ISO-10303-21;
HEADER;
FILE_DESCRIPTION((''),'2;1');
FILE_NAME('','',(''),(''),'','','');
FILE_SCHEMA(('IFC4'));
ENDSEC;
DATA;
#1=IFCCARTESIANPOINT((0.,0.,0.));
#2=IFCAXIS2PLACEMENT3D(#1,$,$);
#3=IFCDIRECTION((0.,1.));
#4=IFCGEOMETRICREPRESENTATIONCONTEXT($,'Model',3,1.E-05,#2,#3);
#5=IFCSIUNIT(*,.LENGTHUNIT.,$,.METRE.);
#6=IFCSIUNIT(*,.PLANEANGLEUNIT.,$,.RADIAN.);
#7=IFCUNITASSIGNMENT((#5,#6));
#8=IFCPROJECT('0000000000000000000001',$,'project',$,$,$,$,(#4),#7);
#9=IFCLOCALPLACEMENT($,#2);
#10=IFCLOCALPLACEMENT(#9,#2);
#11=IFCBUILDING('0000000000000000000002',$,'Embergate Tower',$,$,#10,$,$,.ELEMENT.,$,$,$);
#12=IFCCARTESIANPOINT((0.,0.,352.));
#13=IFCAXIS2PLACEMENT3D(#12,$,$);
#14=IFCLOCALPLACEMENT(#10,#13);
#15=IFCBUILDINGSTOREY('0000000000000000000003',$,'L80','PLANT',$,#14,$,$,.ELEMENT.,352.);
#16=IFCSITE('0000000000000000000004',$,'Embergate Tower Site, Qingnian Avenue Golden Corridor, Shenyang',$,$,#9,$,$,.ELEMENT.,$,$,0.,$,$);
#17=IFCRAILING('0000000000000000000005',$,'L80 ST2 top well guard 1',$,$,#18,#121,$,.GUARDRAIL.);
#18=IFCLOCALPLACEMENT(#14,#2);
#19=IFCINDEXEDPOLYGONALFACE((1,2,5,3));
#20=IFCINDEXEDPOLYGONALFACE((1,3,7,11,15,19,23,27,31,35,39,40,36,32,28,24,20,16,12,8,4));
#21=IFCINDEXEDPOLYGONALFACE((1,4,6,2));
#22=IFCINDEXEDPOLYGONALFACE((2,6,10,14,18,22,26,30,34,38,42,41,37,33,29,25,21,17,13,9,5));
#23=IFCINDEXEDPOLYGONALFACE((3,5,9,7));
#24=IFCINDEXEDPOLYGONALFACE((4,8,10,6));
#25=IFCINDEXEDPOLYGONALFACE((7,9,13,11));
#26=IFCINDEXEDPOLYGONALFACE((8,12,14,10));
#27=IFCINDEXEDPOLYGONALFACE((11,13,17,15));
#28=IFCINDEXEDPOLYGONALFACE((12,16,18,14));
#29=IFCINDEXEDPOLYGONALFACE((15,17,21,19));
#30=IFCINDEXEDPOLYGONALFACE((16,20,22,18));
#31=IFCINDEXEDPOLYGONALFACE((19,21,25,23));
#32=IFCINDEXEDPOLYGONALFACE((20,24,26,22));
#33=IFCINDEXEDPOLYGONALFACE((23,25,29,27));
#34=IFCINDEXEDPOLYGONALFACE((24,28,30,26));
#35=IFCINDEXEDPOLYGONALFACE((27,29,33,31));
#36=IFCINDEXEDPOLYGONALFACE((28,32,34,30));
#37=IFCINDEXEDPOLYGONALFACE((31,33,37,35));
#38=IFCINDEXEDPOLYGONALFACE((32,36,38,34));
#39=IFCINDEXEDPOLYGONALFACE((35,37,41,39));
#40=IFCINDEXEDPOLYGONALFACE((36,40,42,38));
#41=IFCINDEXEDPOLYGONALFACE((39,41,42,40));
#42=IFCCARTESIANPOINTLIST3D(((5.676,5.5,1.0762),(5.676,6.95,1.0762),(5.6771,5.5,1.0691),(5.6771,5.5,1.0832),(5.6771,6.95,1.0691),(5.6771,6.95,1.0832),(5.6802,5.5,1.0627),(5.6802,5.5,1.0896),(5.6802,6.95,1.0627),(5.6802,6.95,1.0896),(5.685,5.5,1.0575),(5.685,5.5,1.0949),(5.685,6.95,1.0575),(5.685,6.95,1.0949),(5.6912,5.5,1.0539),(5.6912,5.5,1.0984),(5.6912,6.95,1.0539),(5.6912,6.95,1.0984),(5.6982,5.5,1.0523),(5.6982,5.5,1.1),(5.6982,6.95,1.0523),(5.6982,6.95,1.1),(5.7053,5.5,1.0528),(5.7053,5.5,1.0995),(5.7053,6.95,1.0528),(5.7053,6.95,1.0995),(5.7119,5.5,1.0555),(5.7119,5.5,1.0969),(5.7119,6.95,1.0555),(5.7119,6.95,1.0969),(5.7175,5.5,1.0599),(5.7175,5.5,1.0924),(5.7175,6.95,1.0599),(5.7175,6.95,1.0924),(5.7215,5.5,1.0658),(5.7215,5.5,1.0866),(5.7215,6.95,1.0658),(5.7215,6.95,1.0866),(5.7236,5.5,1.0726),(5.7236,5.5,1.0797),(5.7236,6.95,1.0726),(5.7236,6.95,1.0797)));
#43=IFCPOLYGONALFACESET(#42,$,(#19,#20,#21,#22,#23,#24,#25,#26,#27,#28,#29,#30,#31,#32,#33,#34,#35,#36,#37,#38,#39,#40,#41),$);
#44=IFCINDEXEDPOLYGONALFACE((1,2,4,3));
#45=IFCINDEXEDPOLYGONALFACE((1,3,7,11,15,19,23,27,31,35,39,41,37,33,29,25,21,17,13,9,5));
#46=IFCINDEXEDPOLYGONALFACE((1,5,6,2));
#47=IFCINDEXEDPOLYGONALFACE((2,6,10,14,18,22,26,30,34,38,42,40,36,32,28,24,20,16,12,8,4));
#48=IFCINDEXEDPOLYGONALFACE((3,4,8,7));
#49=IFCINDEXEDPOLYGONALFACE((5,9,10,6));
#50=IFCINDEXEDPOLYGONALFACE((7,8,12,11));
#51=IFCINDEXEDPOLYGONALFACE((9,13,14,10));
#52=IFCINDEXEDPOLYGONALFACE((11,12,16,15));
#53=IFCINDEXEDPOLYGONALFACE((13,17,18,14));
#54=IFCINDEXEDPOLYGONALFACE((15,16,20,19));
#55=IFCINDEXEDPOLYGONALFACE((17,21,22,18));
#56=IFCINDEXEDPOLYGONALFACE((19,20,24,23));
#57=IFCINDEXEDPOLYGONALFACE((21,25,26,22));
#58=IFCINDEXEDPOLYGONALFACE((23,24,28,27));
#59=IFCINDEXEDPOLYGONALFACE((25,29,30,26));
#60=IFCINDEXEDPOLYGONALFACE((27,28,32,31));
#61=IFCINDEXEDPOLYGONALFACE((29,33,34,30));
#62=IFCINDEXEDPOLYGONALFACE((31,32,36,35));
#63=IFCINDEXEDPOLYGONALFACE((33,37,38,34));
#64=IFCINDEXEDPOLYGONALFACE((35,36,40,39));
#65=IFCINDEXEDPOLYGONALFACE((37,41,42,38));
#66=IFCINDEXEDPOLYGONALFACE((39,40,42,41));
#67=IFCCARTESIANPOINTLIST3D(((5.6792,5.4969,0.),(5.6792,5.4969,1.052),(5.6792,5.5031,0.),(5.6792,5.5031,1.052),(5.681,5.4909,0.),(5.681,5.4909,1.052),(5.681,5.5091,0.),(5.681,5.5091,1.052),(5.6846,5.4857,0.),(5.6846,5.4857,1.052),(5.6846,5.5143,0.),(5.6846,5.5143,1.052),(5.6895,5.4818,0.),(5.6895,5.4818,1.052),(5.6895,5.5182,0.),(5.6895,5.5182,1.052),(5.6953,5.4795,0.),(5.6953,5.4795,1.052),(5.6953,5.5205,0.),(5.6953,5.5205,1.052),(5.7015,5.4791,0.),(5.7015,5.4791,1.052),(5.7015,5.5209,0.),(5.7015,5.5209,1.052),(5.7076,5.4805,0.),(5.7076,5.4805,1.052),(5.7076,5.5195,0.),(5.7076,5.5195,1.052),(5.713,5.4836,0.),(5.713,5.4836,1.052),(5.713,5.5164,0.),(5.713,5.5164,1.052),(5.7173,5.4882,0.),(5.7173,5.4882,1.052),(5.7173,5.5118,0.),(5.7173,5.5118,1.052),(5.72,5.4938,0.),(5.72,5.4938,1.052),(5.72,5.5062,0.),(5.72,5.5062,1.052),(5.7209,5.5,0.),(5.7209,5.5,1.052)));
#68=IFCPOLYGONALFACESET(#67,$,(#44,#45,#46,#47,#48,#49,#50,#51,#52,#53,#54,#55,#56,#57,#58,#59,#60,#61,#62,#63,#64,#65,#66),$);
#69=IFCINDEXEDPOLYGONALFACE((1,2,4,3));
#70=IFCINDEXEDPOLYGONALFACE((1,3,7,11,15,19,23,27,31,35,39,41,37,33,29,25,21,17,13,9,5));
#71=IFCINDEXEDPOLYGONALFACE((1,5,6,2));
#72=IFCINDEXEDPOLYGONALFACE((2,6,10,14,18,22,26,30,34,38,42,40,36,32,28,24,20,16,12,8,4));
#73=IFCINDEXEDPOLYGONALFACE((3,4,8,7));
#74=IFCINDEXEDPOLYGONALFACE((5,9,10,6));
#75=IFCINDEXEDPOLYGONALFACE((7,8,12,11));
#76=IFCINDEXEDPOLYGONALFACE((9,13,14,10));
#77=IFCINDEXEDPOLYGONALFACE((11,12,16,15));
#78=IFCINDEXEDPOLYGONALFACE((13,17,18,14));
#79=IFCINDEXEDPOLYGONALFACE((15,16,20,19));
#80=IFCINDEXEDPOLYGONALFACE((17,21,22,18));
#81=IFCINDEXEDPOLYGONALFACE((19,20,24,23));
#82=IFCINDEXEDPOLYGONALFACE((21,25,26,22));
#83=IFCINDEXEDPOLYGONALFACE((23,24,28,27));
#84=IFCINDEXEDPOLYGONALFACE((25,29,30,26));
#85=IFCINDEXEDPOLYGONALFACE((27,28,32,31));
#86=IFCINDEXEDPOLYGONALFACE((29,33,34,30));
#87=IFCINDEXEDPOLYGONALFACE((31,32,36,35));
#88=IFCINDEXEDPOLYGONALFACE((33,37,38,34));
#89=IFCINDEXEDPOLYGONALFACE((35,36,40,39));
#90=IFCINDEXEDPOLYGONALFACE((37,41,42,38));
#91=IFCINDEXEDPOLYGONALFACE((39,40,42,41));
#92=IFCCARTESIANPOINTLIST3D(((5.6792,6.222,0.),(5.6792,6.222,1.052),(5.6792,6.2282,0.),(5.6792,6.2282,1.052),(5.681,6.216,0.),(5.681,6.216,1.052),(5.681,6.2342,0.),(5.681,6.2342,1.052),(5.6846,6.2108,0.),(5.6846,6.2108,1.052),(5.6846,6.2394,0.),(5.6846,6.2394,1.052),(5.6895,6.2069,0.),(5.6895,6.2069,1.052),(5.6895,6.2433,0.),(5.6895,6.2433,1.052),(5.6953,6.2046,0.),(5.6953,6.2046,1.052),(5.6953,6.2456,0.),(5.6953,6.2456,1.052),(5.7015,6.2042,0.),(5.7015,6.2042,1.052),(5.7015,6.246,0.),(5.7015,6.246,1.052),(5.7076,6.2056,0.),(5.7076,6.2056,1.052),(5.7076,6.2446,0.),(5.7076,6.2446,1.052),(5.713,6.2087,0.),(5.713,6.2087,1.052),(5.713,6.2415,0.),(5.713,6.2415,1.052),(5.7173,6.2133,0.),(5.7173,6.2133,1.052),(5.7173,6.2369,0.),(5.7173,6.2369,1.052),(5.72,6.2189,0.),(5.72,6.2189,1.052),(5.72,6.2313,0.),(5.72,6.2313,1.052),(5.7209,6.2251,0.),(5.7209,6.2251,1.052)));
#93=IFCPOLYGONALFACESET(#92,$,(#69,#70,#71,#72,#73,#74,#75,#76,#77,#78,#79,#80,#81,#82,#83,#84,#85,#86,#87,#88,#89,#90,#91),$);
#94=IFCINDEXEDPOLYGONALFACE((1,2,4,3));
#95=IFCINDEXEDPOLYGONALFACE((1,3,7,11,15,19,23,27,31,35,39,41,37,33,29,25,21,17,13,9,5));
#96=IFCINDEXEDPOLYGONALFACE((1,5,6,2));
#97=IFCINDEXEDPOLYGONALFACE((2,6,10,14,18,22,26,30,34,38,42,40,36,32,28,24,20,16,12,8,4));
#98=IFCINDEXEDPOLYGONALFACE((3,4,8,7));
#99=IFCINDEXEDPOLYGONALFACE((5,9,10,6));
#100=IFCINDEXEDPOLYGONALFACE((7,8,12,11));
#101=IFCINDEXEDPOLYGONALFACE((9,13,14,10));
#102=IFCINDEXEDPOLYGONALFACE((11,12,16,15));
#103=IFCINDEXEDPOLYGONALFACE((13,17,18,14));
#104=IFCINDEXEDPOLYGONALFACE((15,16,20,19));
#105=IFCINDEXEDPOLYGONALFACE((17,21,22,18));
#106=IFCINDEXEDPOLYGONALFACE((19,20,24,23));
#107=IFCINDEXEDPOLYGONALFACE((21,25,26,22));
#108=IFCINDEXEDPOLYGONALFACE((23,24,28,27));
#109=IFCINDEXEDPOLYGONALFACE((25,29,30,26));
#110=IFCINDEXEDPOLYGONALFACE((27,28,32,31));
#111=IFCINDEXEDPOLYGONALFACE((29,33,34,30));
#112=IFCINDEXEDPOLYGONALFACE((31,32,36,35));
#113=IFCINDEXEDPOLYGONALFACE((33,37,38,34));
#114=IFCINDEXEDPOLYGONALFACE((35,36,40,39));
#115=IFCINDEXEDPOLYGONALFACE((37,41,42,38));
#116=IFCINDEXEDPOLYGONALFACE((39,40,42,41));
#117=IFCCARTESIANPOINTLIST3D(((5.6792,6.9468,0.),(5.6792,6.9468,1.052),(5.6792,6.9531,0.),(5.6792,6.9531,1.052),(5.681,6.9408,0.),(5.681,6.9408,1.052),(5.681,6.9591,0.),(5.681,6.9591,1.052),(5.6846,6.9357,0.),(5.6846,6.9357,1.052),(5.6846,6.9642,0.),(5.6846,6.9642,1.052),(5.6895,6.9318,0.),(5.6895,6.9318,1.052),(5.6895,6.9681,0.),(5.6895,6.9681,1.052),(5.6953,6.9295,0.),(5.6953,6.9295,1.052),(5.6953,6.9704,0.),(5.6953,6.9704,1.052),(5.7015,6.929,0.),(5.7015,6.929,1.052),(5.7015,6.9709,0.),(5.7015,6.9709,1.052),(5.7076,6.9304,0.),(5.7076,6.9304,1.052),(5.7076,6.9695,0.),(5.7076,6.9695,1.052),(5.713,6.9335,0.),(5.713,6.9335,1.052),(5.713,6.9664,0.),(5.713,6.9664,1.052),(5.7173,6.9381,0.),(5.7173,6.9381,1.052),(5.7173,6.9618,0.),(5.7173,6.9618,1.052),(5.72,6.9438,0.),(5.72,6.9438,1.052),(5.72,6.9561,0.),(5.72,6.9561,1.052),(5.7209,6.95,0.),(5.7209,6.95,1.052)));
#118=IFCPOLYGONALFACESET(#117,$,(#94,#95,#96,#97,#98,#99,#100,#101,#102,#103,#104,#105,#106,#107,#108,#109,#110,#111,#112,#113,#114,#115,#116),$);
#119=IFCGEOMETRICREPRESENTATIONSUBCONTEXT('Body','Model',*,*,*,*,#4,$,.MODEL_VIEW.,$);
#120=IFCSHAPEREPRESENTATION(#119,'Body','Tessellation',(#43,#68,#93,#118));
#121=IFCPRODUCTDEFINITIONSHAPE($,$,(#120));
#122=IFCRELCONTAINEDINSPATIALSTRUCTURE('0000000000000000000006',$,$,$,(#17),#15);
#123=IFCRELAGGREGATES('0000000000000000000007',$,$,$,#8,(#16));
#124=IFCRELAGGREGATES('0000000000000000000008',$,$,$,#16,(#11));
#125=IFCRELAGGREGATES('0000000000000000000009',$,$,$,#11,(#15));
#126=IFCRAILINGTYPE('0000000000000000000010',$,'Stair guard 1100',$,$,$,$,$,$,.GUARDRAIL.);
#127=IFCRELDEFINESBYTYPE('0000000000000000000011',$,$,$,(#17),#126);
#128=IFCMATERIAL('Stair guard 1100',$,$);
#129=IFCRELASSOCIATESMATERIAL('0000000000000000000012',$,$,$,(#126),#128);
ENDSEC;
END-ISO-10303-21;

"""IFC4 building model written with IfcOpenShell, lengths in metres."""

from ifc_helpers import new_model, si_unit, direction, frame, origin, origin_2d, place, context, subcontext, project, spatial, circle, extrude, source, transform, mapped, material, type_object, element, save


model = new_model("IFC4")

# Units and contexts
model_context = context("Model", 3, precision=1e-05, world=origin(), true_north=direction((0.0, 1.0)))
body_context = subcontext(model_context, "Body", "Model", "MODEL_VIEW")
ifc_project = project(units=[si_unit("LENGTHUNIT", "METRE"), si_unit("PLANEANGLEUNIT", "RADIAN")], contexts=[model_context])

# Site, building, storey
site_placement = place(None, origin())
site = spatial("IfcSite", under=ifc_project, at=site_placement, Name="Embergate Tower Site, Qingnian Avenue Golden Corridor, Shenyang", CompositionType="ELEMENT", RefElevation=0.0)
building_placement = place(site_placement, origin())
building = spatial("IfcBuilding", under=site, at=building_placement, Name="Embergate Tower", CompositionType="ELEMENT")
storey_placement = place(building_placement, frame((0.0, 0.0, 352.0)))
storey = spatial("IfcBuildingStorey", under=building, at=storey_placement, Name="L80", Description="PLANT", CompositionType="ELEMENT", Elevation=352.0)

# Railing
ifc_material_1 = material(Name="Stair guard 1100")
railing_type_1 = type_object("IfcRailingType", Name="Stair guard 1100", PredefinedType="GUARDRAIL", material=ifc_material_1)
shared_shape_1 = source(origin(), body_context, "Body", "SweptSolid", [
    extrude(circle(Radius=0.0239, at=origin_2d()), frame((0.0, 0.0, 1.0762), z_axis=(0.0, 1.0, 0.0), x_axis=(-1.0, 0.0, 0.0)), (0.0, 0.0, 1.0), 1.45),
    extrude(circle(Radius=0.021, at=origin_2d()), origin(), (0.0, 0.0, 1.0), 1.052),
    extrude(circle(Radius=0.021, at=origin_2d()), frame((0.0, 0.7251, 0.0)), (0.0, 0.0, 1.0), 1.052),
    extrude(circle(Radius=0.021, at=origin_2d()), frame((0.0, 1.45, 0.0)), (0.0, 0.0, 1.0), 1.052),
])
railing_1_placement = place(storey_placement, frame((5.7, 5.5, 0.0)))
element("IfcRailing", 1, at=railing_1_placement, inside=storey, type_object=railing_type_1, Name="L80 ST2 top well guard 1", PredefinedType="GUARDRAIL", context=body_context, shape_type="MappedRepresentation", body=[
    mapped(shared_shape_1, transform((0.0, 0.0, 0.0))),
])

save(model, "model.ifc")
